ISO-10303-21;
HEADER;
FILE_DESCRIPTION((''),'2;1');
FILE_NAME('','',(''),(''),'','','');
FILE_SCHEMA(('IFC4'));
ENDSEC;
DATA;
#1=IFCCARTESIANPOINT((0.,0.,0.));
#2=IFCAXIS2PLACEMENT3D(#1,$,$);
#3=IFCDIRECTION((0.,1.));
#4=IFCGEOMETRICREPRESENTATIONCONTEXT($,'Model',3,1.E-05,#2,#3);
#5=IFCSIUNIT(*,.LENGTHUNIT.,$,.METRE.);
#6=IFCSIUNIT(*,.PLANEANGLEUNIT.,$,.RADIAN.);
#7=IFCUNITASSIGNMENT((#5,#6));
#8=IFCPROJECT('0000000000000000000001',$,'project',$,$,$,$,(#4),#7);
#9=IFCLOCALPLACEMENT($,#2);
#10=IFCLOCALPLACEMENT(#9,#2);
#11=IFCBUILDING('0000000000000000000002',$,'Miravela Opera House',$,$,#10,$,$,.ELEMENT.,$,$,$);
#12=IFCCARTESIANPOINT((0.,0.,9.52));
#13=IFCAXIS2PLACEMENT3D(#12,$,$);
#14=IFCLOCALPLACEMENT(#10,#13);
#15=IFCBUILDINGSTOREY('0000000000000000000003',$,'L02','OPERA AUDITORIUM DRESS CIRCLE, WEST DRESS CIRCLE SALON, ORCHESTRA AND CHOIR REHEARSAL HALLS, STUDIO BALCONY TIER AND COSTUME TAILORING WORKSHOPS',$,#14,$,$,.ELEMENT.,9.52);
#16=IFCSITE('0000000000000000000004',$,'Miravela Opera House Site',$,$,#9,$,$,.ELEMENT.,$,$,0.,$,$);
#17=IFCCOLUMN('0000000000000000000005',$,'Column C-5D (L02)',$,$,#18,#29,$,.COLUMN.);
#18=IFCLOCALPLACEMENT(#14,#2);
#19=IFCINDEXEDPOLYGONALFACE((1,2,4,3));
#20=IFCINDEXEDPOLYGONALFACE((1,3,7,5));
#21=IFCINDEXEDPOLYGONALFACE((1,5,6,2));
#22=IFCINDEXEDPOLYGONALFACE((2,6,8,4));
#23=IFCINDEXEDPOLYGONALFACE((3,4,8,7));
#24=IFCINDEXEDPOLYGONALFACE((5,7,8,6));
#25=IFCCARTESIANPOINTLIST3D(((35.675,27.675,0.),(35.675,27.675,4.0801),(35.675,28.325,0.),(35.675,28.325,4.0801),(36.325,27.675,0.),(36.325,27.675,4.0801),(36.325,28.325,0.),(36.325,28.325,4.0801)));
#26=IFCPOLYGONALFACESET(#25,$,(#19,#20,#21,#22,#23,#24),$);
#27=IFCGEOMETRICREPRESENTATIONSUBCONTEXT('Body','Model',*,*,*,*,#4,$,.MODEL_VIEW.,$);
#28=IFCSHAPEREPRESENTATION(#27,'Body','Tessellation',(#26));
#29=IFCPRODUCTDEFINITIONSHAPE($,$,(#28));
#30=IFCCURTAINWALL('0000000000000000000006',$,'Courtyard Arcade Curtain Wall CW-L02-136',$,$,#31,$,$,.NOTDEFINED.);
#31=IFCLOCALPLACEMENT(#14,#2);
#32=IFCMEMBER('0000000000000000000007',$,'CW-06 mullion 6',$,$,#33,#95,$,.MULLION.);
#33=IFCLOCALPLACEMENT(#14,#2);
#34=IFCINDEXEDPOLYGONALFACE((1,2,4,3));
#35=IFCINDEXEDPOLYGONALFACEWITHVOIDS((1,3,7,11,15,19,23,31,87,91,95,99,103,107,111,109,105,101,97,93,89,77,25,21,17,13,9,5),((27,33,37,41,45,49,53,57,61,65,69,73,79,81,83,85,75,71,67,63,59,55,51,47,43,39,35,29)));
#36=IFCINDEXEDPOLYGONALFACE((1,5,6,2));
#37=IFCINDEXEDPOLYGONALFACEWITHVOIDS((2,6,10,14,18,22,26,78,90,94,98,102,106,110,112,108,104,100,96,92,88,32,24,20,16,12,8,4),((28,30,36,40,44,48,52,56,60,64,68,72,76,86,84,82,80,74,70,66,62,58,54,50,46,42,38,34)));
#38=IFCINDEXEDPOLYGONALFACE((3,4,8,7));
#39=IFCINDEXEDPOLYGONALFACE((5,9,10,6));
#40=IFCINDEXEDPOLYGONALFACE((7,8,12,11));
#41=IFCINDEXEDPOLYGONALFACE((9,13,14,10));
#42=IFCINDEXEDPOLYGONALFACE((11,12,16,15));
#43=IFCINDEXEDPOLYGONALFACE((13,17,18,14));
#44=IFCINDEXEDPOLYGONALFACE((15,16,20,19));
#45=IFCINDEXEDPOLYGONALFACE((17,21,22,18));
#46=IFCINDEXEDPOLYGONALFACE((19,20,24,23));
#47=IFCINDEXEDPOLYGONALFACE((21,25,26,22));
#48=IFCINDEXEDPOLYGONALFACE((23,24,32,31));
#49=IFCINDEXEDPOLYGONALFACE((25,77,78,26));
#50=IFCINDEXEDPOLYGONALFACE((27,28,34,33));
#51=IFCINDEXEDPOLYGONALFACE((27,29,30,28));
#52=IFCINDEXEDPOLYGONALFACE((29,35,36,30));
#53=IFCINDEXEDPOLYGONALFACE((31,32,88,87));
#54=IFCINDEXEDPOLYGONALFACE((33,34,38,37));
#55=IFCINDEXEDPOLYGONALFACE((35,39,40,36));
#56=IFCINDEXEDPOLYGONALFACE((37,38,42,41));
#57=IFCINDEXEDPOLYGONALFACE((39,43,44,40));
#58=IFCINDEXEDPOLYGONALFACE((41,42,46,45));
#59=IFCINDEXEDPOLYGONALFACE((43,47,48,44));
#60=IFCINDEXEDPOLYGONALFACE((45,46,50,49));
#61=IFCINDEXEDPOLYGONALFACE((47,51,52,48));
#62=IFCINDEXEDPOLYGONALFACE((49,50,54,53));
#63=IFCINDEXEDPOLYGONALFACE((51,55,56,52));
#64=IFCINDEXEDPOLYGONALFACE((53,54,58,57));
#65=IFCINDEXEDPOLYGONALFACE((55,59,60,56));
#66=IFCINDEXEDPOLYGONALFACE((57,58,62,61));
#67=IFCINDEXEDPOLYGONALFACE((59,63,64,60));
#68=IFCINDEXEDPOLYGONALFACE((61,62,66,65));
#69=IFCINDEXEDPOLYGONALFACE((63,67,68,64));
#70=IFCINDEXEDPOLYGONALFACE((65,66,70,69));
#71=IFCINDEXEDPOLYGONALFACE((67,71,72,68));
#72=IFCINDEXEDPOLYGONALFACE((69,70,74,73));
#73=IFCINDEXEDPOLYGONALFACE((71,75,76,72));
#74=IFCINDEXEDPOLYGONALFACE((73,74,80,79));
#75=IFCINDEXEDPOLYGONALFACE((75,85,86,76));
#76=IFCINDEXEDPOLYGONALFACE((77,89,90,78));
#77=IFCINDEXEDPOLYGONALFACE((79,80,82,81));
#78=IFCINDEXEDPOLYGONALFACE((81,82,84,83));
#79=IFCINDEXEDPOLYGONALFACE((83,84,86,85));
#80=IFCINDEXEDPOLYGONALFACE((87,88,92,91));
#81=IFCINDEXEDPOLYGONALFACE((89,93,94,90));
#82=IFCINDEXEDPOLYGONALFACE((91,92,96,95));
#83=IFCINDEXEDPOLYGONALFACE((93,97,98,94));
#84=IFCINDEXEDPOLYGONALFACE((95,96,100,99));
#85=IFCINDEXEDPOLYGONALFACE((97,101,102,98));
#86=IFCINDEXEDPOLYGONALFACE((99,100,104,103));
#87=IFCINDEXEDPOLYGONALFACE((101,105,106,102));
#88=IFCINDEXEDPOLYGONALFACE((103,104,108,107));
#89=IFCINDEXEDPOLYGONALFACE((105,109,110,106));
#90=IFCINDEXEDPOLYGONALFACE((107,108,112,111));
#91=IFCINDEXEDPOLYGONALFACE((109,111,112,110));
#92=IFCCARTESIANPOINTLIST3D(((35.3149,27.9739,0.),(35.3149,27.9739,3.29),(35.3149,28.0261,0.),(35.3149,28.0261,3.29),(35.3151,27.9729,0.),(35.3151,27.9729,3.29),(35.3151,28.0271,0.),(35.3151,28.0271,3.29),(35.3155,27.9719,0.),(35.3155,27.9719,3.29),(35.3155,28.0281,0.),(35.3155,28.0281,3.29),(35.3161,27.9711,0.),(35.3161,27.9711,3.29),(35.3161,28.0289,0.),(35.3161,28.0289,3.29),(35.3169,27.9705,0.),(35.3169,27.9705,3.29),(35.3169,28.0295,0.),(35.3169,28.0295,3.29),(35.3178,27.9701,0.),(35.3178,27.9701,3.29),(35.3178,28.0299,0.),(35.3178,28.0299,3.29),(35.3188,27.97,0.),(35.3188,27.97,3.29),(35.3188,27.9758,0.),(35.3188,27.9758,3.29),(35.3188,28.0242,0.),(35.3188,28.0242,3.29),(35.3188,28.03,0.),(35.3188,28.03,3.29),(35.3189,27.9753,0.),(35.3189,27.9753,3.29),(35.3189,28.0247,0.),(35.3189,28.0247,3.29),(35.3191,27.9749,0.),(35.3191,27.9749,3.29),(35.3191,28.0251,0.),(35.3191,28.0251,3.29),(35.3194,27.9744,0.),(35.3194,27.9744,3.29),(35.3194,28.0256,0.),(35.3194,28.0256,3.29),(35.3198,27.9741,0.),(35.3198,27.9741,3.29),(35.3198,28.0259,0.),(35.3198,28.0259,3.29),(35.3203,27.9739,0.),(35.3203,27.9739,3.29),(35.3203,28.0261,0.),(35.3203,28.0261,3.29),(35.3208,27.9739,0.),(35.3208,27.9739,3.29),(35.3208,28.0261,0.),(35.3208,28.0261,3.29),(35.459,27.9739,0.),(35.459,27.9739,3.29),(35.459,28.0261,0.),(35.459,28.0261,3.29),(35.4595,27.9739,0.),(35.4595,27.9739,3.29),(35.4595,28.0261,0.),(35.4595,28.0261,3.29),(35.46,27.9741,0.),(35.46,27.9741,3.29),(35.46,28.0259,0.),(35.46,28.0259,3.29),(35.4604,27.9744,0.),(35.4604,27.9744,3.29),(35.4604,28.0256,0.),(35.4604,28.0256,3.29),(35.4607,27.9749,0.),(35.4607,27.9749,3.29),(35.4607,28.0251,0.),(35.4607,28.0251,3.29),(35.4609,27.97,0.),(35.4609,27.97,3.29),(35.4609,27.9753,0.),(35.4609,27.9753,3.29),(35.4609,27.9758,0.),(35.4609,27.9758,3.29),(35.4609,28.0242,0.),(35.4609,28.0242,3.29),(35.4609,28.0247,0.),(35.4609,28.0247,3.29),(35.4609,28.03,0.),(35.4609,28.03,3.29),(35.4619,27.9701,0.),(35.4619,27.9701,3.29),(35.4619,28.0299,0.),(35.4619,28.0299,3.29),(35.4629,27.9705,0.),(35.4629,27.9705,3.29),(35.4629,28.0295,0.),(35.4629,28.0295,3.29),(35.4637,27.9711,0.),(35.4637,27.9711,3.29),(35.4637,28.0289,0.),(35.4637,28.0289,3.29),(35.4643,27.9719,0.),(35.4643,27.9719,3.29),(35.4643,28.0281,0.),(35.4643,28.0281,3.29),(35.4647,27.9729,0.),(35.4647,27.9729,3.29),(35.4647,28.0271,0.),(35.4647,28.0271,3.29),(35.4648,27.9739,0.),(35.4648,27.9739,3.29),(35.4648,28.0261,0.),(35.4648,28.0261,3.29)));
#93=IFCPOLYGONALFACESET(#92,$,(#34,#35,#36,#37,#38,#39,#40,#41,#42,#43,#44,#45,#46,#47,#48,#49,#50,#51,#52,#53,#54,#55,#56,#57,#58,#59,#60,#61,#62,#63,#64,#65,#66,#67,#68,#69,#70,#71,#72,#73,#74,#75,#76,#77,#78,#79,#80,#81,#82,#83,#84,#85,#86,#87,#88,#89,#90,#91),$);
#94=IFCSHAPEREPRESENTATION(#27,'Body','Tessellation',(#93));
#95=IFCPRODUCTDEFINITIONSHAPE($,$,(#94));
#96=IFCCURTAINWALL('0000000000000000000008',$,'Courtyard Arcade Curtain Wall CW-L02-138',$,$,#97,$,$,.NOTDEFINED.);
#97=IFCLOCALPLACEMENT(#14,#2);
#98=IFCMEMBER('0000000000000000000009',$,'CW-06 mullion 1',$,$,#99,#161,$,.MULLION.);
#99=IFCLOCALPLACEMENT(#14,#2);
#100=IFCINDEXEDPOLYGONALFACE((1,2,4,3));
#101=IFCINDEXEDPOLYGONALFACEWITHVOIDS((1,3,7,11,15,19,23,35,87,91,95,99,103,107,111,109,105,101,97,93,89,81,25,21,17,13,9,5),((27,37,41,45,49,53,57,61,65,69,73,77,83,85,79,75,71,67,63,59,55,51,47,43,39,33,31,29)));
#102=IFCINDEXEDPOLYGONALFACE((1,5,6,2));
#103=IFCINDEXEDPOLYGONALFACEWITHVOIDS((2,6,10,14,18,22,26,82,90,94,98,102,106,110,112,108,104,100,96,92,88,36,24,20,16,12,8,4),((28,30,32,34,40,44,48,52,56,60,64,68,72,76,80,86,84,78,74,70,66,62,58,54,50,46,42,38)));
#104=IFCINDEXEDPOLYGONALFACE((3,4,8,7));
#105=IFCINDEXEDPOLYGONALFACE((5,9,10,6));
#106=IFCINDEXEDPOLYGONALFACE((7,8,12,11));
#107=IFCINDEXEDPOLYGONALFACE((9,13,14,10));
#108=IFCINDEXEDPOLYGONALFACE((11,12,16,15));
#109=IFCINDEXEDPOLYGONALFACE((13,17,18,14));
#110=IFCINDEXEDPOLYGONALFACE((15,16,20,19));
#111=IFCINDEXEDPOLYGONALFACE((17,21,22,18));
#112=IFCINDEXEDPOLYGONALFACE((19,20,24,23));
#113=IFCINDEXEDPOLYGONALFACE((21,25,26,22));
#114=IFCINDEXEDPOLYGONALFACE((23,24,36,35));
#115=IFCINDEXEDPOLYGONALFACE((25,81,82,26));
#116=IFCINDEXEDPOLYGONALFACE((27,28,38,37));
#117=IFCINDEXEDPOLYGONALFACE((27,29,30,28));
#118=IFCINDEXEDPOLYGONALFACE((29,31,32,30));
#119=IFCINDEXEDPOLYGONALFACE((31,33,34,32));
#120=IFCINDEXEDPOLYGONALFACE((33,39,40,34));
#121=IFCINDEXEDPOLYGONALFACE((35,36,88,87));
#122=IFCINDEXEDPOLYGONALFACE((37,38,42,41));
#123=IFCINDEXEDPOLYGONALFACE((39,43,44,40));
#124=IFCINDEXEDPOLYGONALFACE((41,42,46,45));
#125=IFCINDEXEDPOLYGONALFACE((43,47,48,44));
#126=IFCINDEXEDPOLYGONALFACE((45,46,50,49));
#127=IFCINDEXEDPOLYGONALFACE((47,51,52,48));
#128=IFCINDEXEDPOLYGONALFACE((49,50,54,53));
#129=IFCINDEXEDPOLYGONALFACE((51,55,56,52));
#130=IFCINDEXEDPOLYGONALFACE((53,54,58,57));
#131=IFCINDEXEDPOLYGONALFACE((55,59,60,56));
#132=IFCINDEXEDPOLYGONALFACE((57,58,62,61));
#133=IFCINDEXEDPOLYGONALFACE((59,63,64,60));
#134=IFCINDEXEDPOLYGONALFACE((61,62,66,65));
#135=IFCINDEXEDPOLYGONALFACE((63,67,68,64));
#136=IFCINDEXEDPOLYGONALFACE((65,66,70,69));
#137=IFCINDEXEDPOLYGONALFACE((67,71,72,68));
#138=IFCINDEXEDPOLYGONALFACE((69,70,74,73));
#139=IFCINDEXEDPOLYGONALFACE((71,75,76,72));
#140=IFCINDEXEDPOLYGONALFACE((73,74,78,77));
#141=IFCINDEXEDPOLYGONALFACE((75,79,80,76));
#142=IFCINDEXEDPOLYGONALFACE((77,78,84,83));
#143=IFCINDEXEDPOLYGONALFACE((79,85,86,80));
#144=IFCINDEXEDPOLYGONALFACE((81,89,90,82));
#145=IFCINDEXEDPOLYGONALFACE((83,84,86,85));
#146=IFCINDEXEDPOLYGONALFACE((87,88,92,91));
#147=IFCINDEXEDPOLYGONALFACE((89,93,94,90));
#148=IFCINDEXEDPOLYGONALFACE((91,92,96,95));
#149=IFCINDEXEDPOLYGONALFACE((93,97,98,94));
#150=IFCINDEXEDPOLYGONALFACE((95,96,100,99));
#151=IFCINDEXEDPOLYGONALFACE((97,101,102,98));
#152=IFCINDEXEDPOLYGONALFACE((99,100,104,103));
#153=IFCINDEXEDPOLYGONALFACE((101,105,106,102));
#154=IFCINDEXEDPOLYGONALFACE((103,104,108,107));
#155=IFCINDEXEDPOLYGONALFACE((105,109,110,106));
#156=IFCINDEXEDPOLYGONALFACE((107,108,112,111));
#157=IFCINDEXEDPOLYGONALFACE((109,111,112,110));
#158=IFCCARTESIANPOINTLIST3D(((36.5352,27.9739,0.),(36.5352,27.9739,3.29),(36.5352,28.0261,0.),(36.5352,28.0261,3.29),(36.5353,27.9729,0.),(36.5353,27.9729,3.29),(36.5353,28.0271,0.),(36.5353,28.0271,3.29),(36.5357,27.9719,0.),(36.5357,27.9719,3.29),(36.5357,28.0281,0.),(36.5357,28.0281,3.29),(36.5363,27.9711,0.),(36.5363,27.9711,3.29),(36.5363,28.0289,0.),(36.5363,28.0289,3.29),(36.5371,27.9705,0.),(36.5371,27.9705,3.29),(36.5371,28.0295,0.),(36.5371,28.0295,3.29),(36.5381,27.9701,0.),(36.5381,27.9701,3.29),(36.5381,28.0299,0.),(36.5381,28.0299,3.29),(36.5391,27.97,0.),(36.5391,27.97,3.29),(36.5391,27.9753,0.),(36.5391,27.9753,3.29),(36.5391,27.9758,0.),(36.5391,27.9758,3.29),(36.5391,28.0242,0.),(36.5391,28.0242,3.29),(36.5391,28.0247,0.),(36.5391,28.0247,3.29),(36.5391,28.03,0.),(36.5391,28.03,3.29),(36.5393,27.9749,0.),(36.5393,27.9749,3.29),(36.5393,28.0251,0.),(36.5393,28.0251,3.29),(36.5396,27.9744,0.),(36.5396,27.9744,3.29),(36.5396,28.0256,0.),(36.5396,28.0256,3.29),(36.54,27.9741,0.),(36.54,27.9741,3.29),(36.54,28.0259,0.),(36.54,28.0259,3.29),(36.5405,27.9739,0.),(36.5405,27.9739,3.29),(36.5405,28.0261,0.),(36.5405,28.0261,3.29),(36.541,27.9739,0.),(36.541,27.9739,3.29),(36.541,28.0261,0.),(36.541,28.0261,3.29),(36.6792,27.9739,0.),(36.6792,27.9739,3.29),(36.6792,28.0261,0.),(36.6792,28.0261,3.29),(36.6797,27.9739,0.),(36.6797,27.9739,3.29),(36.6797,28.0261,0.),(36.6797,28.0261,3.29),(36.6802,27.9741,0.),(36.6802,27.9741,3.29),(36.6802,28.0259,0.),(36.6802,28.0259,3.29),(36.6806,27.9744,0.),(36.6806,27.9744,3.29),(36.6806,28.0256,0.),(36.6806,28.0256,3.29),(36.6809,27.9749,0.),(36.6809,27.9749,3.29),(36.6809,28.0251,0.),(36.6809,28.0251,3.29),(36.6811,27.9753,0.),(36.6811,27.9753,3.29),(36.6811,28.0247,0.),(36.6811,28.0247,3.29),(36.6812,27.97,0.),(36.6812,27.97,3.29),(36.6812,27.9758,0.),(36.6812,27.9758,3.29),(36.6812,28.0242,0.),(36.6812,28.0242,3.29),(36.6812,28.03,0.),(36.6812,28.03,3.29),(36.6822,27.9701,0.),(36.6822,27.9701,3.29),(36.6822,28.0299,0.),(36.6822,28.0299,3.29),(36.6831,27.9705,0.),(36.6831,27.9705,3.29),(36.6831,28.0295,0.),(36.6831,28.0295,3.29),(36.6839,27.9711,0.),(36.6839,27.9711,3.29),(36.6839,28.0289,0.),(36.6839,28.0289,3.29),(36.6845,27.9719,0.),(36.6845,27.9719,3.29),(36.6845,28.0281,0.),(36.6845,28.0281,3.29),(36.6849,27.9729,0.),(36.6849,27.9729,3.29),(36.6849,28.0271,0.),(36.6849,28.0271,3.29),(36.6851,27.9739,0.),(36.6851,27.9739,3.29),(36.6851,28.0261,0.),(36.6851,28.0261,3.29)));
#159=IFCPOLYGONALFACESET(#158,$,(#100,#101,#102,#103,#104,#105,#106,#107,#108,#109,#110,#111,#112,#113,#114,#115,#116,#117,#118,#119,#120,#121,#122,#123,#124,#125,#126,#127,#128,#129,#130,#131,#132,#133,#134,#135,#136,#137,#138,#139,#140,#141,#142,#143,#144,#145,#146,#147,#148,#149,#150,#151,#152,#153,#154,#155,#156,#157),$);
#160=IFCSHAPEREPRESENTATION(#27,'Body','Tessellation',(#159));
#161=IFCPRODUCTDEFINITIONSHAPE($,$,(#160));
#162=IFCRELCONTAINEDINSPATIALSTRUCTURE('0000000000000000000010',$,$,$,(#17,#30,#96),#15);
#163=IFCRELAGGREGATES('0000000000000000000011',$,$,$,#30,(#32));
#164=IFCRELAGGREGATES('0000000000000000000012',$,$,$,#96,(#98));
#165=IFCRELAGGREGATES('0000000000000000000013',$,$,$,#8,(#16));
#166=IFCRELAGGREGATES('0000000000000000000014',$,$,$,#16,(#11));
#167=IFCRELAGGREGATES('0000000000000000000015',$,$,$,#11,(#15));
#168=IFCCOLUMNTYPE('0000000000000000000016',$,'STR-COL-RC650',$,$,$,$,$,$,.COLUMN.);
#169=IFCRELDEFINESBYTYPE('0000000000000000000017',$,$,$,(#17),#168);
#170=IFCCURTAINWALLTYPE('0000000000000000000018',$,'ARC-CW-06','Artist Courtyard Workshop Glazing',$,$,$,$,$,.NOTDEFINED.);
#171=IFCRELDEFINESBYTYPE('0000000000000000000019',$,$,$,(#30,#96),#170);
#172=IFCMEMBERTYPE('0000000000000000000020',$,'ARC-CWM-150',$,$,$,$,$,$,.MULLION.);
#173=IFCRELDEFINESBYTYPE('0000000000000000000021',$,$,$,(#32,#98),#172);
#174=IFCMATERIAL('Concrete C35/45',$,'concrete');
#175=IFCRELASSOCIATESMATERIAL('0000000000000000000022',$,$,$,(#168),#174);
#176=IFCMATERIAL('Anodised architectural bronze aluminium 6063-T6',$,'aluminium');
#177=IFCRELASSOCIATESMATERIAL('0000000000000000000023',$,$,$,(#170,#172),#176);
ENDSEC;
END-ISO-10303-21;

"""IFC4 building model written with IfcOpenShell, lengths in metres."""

from ifc_helpers import new_model, si_unit, direction, frame, origin, origin_2d, place, context, subcontext, project, spatial, rectangle, hollow_rectangle, extrude, material, material_profile, profile_set, type_object, element, aggregate, save


model = new_model("IFC4")

# Units and contexts
model_context = context("Model", 3, precision=1e-05, world=origin(), true_north=direction((0.0, 1.0)))
body_context = subcontext(model_context, "Body", "Model", "MODEL_VIEW")
ifc_project = project(units=[si_unit("LENGTHUNIT", "METRE"), si_unit("PLANEANGLEUNIT", "RADIAN")], contexts=[model_context])

# Site, building, storey
site_placement = place(None, origin())
site = spatial("IfcSite", under=ifc_project, at=site_placement, Name="Miravela Opera House Site", CompositionType="ELEMENT", RefElevation=0.0)
building_placement = place(site_placement, origin())
building = spatial("IfcBuilding", under=site, at=building_placement, Name="Miravela Opera House", CompositionType="ELEMENT")
storey_placement = place(building_placement, frame((0.0, 0.0, 9.52)))
storey = spatial("IfcBuildingStorey", under=building, at=storey_placement, Name="L02", Description="OPERA AUDITORIUM DRESS CIRCLE, WEST DRESS CIRCLE SALON, ORCHESTRA AND CHOIR REHEARSAL HALLS, STUDIO BALCONY TIER AND COSTUME TAILORING WORKSHOPS", CompositionType="ELEMENT", Elevation=9.52)

# Column
ifc_material_1 = material(Name="Concrete C35/45", Category="concrete")
ifc_material_profile_1 = material_profile(ifc_material_1, rectangle(XDim=0.6499, YDim=0.6499, at=origin_2d()), Name="RC-COL-650X650")
ifc_profile_set_1 = profile_set([ifc_material_profile_1])
column_type = type_object("IfcColumnType", Name="STR-COL-RC650", PredefinedType="COLUMN", material=ifc_profile_set_1)
column_placement = place(storey_placement, frame((36.0, 28.0, 0.0), z_axis=(0.0, 0.0, 1.0), x_axis=(1.0, 0.0, 0.0)))
element("IfcColumn", 1, at=column_placement, inside=storey, type_object=column_type, Name="Column C-5D (L02)", PredefinedType="COLUMN", context=body_context, shape_type="SweptSolid", body=[
    extrude(rectangle(XDim=0.6499, YDim=0.6499, at=origin_2d()), origin(), (0.0, 0.0, 1.0), 4.0801),
])

# Curtain wall, member
ifc_material_2 = material(Name="Anodised architectural bronze aluminium 6063-T6", Category="aluminium")
curtain_wall_type = type_object("IfcCurtainWallType", Name="ARC-CW-06", Description="Artist Courtyard Workshop Glazing", PredefinedType="NOTDEFINED", material=ifc_material_2)
curtain_wall_1_placement = place(storey_placement, origin())
curtain_wall_1 = element("IfcCurtainWall", 2, at=curtain_wall_1_placement, inside=storey, type_object=curtain_wall_type, Name="Courtyard Arcade Curtain Wall CW-L02-136", PredefinedType="NOTDEFINED")
ifc_material_profile_2 = material_profile(ifc_material_2, hollow_rectangle(XDim=0.0601, YDim=0.1499, WallThickness=0.0039, InnerFilletRadius=0.002, OuterFilletRadius=0.0039, at=origin_2d()), Name="CWM-60X150")
ifc_profile_set_2 = profile_set([ifc_material_profile_2])
member_type_1 = type_object("IfcMemberType", Name="ARC-CWM-150", PredefinedType="MULLION", material=ifc_profile_set_2)
member_1_placement = place(storey_placement, frame((35.3899, 28.0, 0.0), z_axis=(0.0, 0.0, 1.0), x_axis=(0.0, 1.0, 0.0)))
member_1 = element("IfcMember", 3, at=member_1_placement, type_object=member_type_1, Name="CW-06 mullion 6", PredefinedType="MULLION", context=body_context, shape_type="SweptSolid", body=[
    extrude(hollow_rectangle(XDim=0.0601, YDim=0.1499, WallThickness=0.0039, InnerFilletRadius=0.002, OuterFilletRadius=0.0039, at=origin_2d()), origin(), (0.0, 0.0, 1.0), 3.29),
])

# Curtain wall, member
curtain_wall_2_placement = place(storey_placement, origin())
curtain_wall_2 = element("IfcCurtainWall", 4, at=curtain_wall_2_placement, inside=storey, type_object=curtain_wall_type, Name="Courtyard Arcade Curtain Wall CW-L02-138", PredefinedType="NOTDEFINED")
member_2_placement = place(storey_placement, frame((36.6101, 28.0, 0.0), z_axis=(0.0, 0.0, 1.0), x_axis=(0.0, 1.0, 0.0)))
member_2 = element("IfcMember", 5, at=member_2_placement, type_object=member_type_1, Name="CW-06 mullion 1", PredefinedType="MULLION", context=body_context, shape_type="SweptSolid", body=[
    extrude(hollow_rectangle(XDim=0.0601, YDim=0.1499, WallThickness=0.0039, InnerFilletRadius=0.002, OuterFilletRadius=0.0039, at=origin_2d()), origin(), (0.0, 0.0, 1.0), 3.29),
])

aggregate(curtain_wall_1, [member_1])
aggregate(curtain_wall_2, [member_2])

save(model, "model.ifc")
